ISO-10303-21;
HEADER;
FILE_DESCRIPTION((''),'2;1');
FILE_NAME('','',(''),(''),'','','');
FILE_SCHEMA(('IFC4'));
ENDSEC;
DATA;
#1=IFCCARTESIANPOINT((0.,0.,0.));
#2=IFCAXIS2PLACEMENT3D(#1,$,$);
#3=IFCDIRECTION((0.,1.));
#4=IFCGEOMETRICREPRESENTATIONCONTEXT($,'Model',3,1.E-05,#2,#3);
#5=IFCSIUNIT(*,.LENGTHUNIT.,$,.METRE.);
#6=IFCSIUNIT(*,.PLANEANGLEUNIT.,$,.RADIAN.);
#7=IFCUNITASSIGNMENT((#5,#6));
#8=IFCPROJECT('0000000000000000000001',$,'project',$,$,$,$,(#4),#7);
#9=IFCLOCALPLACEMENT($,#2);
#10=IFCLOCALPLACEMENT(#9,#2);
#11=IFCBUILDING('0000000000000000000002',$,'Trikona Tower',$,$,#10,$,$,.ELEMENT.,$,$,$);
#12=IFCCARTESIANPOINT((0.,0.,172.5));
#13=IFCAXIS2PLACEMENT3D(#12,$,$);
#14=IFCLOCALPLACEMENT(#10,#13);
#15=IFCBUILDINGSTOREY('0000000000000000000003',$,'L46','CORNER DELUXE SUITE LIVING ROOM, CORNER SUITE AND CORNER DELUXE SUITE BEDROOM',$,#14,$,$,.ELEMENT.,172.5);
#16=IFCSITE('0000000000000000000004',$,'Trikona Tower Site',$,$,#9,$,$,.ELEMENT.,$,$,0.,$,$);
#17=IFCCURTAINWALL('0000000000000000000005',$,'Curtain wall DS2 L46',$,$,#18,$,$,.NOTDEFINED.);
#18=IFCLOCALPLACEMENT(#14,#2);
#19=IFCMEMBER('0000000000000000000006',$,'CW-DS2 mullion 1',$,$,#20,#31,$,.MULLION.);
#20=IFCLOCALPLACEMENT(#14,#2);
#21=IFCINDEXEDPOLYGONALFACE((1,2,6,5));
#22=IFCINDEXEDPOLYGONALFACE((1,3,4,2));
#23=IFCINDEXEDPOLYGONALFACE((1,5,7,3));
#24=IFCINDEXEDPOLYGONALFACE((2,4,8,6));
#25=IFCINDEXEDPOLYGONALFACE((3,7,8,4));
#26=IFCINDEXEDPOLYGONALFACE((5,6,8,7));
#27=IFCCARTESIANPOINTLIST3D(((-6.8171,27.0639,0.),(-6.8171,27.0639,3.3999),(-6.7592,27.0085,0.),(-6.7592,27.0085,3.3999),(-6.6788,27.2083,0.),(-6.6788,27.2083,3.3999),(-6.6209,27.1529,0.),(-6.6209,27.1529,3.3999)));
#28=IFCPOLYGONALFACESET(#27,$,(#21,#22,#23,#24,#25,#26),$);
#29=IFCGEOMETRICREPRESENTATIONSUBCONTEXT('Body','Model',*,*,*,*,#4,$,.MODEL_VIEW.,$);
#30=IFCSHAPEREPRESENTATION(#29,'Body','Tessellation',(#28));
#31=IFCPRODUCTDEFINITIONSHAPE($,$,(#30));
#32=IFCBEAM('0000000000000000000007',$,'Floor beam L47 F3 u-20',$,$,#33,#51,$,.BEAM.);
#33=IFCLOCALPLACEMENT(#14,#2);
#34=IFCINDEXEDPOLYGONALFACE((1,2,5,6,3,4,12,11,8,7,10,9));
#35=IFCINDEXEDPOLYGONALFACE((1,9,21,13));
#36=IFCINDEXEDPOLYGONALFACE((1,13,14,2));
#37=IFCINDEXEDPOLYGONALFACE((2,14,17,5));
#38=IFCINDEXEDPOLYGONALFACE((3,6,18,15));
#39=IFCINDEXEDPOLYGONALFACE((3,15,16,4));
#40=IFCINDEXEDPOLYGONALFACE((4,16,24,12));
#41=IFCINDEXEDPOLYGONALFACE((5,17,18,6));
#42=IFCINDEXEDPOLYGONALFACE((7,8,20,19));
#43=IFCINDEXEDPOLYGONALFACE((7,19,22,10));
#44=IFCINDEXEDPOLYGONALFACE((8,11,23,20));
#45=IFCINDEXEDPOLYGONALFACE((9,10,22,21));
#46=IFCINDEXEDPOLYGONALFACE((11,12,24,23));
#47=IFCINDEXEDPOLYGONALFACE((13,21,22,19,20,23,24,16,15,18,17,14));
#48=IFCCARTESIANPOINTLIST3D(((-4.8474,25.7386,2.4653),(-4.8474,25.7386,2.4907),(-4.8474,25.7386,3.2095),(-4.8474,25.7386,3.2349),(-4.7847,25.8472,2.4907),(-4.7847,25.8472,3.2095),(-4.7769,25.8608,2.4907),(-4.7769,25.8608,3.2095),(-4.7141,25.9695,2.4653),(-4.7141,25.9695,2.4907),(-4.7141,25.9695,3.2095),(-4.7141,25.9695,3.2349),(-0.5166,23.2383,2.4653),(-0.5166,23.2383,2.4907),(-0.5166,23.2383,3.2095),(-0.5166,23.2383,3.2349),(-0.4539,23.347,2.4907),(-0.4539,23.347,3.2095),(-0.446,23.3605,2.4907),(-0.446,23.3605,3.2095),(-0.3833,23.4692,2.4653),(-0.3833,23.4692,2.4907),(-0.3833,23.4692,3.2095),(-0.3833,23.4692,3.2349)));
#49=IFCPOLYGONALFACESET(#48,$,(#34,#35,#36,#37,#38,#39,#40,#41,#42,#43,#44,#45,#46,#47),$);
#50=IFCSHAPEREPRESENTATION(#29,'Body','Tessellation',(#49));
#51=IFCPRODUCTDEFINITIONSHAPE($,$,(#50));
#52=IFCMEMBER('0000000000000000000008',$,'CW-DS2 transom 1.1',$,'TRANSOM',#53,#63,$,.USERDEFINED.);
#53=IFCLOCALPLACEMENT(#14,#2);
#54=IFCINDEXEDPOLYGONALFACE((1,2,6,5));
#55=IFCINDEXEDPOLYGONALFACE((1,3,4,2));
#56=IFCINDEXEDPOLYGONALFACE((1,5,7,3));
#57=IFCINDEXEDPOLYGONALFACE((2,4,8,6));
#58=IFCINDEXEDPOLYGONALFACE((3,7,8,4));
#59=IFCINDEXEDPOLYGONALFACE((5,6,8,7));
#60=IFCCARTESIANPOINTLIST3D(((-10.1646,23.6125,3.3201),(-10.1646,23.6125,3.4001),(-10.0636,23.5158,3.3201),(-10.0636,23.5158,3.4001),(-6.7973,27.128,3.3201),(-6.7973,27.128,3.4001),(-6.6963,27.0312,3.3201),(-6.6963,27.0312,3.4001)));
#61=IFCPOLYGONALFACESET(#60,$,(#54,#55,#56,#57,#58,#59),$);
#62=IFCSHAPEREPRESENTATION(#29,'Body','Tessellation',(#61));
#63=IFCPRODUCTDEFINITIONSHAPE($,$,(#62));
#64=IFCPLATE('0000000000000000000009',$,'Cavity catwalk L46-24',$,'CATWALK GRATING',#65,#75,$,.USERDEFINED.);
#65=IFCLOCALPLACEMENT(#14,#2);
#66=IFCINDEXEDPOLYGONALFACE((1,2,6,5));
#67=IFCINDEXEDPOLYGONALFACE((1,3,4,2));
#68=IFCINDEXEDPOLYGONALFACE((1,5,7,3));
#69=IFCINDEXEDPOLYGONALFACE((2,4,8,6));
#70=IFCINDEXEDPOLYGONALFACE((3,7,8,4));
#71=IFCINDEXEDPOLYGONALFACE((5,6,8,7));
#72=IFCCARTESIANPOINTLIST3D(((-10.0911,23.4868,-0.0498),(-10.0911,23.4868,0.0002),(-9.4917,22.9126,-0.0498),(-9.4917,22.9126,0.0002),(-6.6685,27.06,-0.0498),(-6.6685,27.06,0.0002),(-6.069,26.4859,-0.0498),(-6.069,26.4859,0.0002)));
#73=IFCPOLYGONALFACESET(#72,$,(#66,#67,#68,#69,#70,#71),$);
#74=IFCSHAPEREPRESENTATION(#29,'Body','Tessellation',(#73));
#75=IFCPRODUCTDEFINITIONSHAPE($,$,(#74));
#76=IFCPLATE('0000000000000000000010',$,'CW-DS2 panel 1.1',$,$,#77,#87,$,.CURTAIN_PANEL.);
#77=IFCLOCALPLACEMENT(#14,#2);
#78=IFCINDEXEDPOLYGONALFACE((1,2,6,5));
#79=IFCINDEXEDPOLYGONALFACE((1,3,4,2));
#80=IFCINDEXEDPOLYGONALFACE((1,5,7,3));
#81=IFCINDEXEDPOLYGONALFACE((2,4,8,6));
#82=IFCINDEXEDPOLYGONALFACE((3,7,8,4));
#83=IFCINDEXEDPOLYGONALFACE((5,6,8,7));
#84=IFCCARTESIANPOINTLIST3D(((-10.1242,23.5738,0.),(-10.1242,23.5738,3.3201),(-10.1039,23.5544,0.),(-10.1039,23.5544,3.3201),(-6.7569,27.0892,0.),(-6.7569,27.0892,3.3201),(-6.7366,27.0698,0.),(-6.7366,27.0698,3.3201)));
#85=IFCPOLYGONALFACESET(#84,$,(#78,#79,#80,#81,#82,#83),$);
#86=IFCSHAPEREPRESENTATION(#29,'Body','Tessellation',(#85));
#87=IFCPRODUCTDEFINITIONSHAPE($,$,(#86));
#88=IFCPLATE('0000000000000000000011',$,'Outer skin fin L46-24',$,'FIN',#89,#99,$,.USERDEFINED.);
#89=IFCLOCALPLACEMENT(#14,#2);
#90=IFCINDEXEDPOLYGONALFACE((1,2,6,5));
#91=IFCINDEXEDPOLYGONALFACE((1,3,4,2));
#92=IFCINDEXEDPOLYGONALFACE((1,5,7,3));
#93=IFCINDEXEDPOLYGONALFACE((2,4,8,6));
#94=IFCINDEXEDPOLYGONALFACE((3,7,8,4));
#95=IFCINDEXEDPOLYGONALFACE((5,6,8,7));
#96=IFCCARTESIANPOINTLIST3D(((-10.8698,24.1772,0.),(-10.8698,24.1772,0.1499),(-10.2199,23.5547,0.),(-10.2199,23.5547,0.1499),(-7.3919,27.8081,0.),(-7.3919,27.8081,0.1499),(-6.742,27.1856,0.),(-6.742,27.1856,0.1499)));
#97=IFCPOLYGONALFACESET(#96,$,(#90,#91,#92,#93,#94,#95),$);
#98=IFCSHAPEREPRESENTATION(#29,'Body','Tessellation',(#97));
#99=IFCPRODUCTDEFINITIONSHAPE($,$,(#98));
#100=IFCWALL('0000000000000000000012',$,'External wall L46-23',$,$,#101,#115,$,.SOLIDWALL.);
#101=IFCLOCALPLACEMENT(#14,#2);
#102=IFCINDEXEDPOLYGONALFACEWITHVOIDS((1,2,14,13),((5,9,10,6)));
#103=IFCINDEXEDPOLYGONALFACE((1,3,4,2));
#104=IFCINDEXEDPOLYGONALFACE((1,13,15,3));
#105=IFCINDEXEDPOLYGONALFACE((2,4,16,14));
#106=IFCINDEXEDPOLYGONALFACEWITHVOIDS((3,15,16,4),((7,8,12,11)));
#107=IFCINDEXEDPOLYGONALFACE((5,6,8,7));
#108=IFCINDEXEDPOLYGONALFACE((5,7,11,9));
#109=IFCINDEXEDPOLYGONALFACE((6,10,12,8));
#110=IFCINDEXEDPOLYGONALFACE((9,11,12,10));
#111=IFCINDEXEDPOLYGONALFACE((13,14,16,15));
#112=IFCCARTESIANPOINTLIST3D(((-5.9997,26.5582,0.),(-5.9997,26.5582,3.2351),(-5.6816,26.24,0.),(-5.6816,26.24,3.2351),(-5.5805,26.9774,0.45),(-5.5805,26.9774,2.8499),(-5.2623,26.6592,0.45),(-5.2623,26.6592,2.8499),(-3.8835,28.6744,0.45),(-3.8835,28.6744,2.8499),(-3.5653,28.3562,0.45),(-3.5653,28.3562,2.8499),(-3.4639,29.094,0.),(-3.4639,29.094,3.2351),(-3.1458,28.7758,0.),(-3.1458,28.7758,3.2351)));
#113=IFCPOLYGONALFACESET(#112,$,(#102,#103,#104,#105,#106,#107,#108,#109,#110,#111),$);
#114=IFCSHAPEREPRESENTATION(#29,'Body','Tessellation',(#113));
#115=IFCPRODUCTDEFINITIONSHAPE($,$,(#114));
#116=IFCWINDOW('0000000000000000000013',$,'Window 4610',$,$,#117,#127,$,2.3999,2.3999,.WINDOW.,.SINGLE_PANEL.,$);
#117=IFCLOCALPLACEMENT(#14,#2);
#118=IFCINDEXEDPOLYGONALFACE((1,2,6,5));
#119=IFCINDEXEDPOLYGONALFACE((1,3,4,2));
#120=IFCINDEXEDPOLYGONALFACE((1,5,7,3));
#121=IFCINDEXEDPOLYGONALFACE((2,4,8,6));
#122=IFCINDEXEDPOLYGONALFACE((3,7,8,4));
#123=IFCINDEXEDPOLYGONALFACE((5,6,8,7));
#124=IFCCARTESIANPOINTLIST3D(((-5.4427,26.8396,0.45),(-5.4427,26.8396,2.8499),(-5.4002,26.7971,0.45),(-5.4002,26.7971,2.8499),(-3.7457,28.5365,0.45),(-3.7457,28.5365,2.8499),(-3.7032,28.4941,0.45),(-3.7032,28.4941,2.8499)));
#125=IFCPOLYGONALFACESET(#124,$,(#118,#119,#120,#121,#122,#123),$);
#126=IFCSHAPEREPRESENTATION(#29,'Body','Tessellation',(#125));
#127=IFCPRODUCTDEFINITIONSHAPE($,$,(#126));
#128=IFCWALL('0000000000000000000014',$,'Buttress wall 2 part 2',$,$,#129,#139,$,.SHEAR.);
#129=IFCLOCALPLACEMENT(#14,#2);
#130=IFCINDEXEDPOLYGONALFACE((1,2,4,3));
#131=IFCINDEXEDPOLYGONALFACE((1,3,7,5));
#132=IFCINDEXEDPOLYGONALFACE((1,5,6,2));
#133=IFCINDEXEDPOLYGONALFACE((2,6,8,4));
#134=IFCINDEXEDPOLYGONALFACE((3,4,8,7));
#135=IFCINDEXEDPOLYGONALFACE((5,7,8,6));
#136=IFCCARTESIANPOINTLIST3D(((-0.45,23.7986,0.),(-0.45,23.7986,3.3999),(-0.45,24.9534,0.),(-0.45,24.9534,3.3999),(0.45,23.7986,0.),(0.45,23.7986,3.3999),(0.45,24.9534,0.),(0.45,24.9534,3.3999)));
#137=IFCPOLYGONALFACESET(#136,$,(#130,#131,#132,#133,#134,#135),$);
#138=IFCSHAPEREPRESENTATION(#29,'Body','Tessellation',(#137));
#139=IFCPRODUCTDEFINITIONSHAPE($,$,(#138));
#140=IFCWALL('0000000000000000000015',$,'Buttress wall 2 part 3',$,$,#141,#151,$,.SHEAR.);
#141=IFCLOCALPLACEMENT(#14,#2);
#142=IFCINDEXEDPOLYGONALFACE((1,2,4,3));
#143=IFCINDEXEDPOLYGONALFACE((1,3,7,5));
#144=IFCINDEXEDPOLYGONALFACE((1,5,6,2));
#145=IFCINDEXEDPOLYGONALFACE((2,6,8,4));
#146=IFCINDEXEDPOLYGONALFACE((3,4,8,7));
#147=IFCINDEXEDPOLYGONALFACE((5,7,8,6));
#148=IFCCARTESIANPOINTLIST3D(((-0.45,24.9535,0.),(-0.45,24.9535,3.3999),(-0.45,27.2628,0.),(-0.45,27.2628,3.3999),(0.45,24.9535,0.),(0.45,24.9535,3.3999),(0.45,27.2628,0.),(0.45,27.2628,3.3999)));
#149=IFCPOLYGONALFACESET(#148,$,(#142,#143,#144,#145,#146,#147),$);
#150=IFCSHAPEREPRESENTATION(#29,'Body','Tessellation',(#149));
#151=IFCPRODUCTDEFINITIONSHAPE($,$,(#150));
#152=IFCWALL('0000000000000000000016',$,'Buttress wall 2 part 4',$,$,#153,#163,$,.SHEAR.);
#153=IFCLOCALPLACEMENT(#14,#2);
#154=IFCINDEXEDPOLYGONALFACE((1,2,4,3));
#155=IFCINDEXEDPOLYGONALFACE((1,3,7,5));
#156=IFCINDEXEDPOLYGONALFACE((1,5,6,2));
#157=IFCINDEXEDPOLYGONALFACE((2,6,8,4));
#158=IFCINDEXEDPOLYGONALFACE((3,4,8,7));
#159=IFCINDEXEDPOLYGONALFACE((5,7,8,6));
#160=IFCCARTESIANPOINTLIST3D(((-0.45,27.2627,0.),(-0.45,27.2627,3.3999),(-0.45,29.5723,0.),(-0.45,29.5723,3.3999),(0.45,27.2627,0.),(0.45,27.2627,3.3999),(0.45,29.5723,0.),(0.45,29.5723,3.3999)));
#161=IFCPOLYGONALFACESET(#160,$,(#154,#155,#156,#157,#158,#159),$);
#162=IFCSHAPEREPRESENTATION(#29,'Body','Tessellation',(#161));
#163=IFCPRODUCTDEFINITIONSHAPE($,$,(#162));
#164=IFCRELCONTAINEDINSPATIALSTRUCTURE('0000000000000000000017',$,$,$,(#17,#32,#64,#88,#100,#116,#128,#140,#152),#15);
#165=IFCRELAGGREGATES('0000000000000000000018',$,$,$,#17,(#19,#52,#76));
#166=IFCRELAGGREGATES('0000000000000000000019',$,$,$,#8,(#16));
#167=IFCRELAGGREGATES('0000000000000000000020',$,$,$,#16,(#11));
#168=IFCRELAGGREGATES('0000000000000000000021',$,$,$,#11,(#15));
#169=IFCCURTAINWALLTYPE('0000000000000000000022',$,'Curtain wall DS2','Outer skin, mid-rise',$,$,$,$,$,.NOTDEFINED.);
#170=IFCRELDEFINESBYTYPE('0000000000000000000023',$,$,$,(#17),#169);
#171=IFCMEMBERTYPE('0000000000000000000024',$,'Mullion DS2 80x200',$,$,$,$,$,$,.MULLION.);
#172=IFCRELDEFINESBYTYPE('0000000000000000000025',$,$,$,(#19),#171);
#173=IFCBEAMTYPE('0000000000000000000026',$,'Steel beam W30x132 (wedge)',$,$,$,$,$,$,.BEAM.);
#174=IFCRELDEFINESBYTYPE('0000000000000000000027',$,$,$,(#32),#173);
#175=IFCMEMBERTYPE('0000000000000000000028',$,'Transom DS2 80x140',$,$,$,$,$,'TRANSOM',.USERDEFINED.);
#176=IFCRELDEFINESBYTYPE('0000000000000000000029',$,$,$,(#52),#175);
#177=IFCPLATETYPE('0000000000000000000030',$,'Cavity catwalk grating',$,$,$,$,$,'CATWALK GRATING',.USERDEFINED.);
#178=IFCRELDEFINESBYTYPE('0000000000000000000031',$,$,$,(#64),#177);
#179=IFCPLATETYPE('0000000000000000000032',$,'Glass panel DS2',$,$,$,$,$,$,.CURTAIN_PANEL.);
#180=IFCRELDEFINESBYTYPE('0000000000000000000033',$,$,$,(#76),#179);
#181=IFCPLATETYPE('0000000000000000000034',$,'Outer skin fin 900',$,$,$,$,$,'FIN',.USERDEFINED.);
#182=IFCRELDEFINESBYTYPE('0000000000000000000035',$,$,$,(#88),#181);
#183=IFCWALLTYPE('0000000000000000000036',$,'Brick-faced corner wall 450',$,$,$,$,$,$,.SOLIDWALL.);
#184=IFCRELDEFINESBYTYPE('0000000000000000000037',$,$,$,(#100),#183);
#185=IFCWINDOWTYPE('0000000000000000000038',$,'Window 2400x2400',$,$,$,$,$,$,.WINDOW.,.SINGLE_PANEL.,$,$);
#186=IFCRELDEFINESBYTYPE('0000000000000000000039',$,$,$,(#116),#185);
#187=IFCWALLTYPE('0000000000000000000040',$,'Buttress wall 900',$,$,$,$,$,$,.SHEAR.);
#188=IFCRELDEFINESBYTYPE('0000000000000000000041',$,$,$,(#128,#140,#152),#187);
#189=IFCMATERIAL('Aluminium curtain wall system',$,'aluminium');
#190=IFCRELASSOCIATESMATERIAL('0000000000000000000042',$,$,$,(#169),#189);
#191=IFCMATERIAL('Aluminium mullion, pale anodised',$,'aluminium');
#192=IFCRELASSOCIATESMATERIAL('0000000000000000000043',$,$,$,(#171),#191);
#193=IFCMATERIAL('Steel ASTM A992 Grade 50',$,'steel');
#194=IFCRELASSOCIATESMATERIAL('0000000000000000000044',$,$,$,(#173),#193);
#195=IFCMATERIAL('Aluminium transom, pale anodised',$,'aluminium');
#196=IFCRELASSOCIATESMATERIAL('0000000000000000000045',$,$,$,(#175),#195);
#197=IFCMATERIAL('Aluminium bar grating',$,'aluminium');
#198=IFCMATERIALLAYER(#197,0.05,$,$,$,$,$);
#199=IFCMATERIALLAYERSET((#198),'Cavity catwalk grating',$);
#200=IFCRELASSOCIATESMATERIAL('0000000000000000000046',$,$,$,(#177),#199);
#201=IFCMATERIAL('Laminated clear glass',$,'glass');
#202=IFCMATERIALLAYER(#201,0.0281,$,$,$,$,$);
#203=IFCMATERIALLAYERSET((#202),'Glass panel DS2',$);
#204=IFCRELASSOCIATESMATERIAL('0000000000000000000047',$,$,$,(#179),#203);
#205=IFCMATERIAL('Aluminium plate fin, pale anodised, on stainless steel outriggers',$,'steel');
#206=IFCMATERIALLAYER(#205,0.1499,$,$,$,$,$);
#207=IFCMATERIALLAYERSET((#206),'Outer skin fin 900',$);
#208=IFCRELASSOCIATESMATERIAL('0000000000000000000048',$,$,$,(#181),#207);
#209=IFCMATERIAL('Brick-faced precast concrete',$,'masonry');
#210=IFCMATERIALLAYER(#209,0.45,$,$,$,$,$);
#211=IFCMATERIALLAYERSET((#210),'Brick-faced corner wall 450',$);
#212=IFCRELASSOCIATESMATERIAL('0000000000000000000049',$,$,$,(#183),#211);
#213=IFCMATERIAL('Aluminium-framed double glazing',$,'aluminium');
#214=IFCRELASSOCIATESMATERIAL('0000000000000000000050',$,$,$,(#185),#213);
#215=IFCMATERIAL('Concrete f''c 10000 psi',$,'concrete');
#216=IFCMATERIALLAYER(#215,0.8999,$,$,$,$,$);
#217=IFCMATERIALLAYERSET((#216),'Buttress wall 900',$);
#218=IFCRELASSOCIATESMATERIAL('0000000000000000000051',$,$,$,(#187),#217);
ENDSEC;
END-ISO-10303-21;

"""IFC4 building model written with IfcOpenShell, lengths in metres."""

from ifc_helpers import new_model, si_unit, direction, frame, frame_2d, origin, origin_2d, place, context, subcontext, project, spatial, rectangle, i_section, extrude, material, layer, layer_set, material_profile, profile_set, type_object, element, fill, aggregate, save


model = new_model("IFC4")

# Units and contexts
model_context = context("Model", 3, precision=1e-05, world=origin(), true_north=direction((0.0, 1.0)))
body_context = subcontext(model_context, "Body", "Model", "MODEL_VIEW")
ifc_project = project(units=[si_unit("LENGTHUNIT", "METRE"), si_unit("PLANEANGLEUNIT", "RADIAN")], contexts=[model_context])

# Site, building, storey
site_placement = place(None, origin())
site = spatial("IfcSite", under=ifc_project, at=site_placement, Name="Trikona Tower Site", CompositionType="ELEMENT", RefElevation=0.0)
building_placement = place(site_placement, origin())
building = spatial("IfcBuilding", under=site, at=building_placement, Name="Trikona Tower", CompositionType="ELEMENT")
storey_placement = place(building_placement, frame((0.0, 0.0, 172.5)))
storey = spatial("IfcBuildingStorey", under=building, at=storey_placement, Name="L46", Description="CORNER DELUXE SUITE LIVING ROOM, CORNER SUITE AND CORNER DELUXE SUITE BEDROOM", CompositionType="ELEMENT", Elevation=172.5)

# Curtain wall, member
ifc_material_1 = material(Name="Aluminium curtain wall system", Category="aluminium")
curtain_wall_type = type_object("IfcCurtainWallType", Name="Curtain wall DS2", Description="Outer skin, mid-rise", PredefinedType="NOTDEFINED", material=ifc_material_1)
curtain_wall_placement = place(storey_placement, origin())
curtain_wall = element("IfcCurtainWall", 1, at=curtain_wall_placement, inside=storey, type_object=curtain_wall_type, Name="Curtain wall DS2 L46", PredefinedType="NOTDEFINED")
ifc_material_2 = material(Name="Aluminium mullion, pale anodised", Category="aluminium")
ifc_material_profile_1 = material_profile(ifc_material_2, rectangle(XDim=0.0801, YDim=0.2, at=origin_2d()), Name="MUL-DS2")
ifc_profile_set_1 = profile_set([ifc_material_profile_1], Name="Aluminium mullion, pale anodised")
member_type_1 = type_object("IfcMemberType", Name="Mullion DS2 80x200", PredefinedType="MULLION", material=ifc_profile_set_1)
member_1_placement = place(storey_placement, frame((-6.719, 27.1084, 0.0), z_axis=(0.0, 0.0, 1.0), x_axis=(0.722158, -0.691728, 0.0)))
member_1 = element("IfcMember", 2, at=member_1_placement, type_object=member_type_1, Name="CW-DS2 mullion 1", PredefinedType="MULLION", context=body_context, shape_type="SweptSolid", body=[
    extrude(rectangle(XDim=0.0801, YDim=0.2, at=origin_2d()), origin(), (0.0, 0.0, 1.0), 3.3999),
])

# Beam
ifc_material_3 = material(Name="Steel ASTM A992 Grade 50", Category="steel")
ifc_material_profile_2 = material_profile(ifc_material_3, i_section(OverallWidth=0.2666, OverallDepth=0.7695, WebThickness=0.0156, FlangeThickness=0.0254, at=origin_2d()), Name="W30X132")
ifc_profile_set_2 = profile_set([ifc_material_profile_2], Name="Steel ASTM A992 Grade 50")
beam_type = type_object("IfcBeamType", Name="Steel beam W30x132 (wedge)", PredefinedType="BEAM", material=ifc_profile_set_2)
beam_placement = place(storey_placement, frame((-0.45, 23.3538, 2.8501), z_axis=(-0.866038, 0.499977, 0.0), x_axis=(-0.499977, -0.866038, 0.0)))
element("IfcBeam", 3, at=beam_placement, inside=storey, type_object=beam_type, Name="Floor beam L47 F3 u-20", PredefinedType="BEAM", context=body_context, shape_type="SweptSolid", body=[
    extrude(i_section(OverallWidth=0.2666, OverallDepth=0.7695, WebThickness=0.0156, FlangeThickness=0.0254, at=origin_2d()), origin(), (0.0, 0.0, 1.0), 5.0007),
])

# Member
ifc_material_4 = material(Name="Aluminium transom, pale anodised", Category="aluminium")
ifc_material_profile_3 = material_profile(ifc_material_4, rectangle(XDim=0.1399, YDim=0.0801, at=origin_2d()), Name="TRN-DS2")
ifc_profile_set_3 = profile_set([ifc_material_profile_3], Name="Aluminium transom, pale anodised")
member_type_2 = type_object("IfcMemberType", Name="Transom DS2 80x140", ElementType="TRANSOM", PredefinedType="USERDEFINED", material=ifc_profile_set_3)
member_2_placement = place(storey_placement, frame((-6.7468, 27.0796, 3.3601), z_axis=(-0.691721, -0.722165, 0.0), x_axis=(0.722165, -0.691721, 0.0)))
member_2 = element("IfcMember", 4, at=member_2_placement, type_object=member_type_2, Name="CW-DS2 transom 1.1", ObjectType="TRANSOM", PredefinedType="USERDEFINED", context=body_context, shape_type="SweptSolid", body=[
    extrude(rectangle(XDim=0.1399, YDim=0.0801, at=origin_2d()), origin(), (0.0, 0.0, 1.0), 4.8679),
])

# Plates
ifc_material_5 = material(Name="Aluminium bar grating", Category="aluminium")
ifc_layer_1 = layer(ifc_material_5, 0.05)
ifc_layer_set_1 = layer_set([ifc_layer_1], Name="Cavity catwalk grating")
plate_type_1 = type_object("IfcPlateType", Name="Cavity catwalk grating", ElementType="CATWALK GRATING", PredefinedType="USERDEFINED", material=ifc_layer_set_1)
plate_1_placement = place(storey_placement, frame((-8.0801, 24.9863, -0.0498), z_axis=(0.0, 0.0, 1.0), x_axis=(-0.691724, -0.722162, 0.0)))
element("IfcPlate", 5, at=plate_1_placement, inside=storey, type_object=plate_type_1, Name="Cavity catwalk L46-24", ObjectType="CATWALK GRATING", PredefinedType="USERDEFINED", context=body_context, shape_type="SweptSolid", body=[
    extrude(rectangle(XDim=4.948, YDim=0.8301, at=origin_2d()), origin(), (0.0, 0.0, 1.0), 0.05),
])
ifc_material_6 = material(Name="Laminated clear glass", Category="glass")
ifc_layer_2 = layer(ifc_material_6, 0.0281)
ifc_layer_set_2 = layer_set([ifc_layer_2], Name="Glass panel DS2")
plate_type_2 = type_object("IfcPlateType", Name="Glass panel DS2", PredefinedType="CURTAIN_PANEL", material=ifc_layer_set_2)
plate_2_placement = place(storey_placement, frame((-8.4304, 25.3218, 0.0), z_axis=(0.0, 0.0, 1.0), x_axis=(-0.691728, -0.722158, 0.0)))
plate_2 = element("IfcPlate", 6, at=plate_2_placement, type_object=plate_type_2, Name="CW-DS2 panel 1.1", PredefinedType="CURTAIN_PANEL", context=body_context, shape_type="SweptSolid", body=[
    extrude(rectangle(XDim=4.8679, YDim=0.0281, at=origin_2d()), origin(), (0.0, 0.0, 1.0), 3.3201),
])
aggregate(curtain_wall, [member_1, member_2, plate_2])
ifc_material_7 = material(Name="Aluminium plate fin, pale anodised, on stainless steel outriggers", Category="steel")
ifc_layer_3 = layer(ifc_material_7, 0.1499)
ifc_layer_set_3 = layer_set([ifc_layer_3], Name="Outer skin fin 900")
plate_type_3 = type_object("IfcPlateType", Name="Outer skin fin 900", ElementType="FIN", PredefinedType="USERDEFINED", material=ifc_layer_set_3)
plate_3_placement = place(storey_placement, frame((-8.8059, 25.6814, 0.0), z_axis=(0.0, 0.0, 1.0), x_axis=(-0.691724, -0.722162, 0.0)))
element("IfcPlate", 7, at=plate_3_placement, inside=storey, type_object=plate_type_3, Name="Outer skin fin L46-24", ObjectType="FIN", PredefinedType="USERDEFINED", context=body_context, shape_type="SweptSolid", body=[
    extrude(rectangle(XDim=5.0278, YDim=0.8999, at=origin_2d()), origin(), (0.0, 0.0, 1.0), 0.1499),
])

# Wall, opening, window
ifc_material_8 = material(Name="Brick-faced precast concrete", Category="masonry")
ifc_layer_4 = layer(ifc_material_8, 0.45)
ifc_layer_set_4 = layer_set([ifc_layer_4], Name="Brick-faced corner wall 450")
wall_type_1 = type_object("IfcWallType", Name="Brick-faced corner wall 450", PredefinedType="SOLIDWALL", material=ifc_layer_set_4)
wall_1_placement = place(storey_placement, frame((-3.3049, 28.9348, 0.0), z_axis=(0.0, 0.0, 1.0), x_axis=(-0.707107, -0.707107, 0.0)))
wall_1 = element("IfcWall", 8, at=wall_1_placement, inside=storey, type_object=wall_type_1, Name="External wall L46-23", PredefinedType="SOLIDWALL", context=body_context, shape_type="SweptSolid", body=[
    extrude(rectangle(XDim=3.5862, YDim=0.45, at=frame_2d((1.793, 0.0))), origin(), (0.0, 0.0, 1.0), 3.2351),
])
opening_1_placement = place(wall_1_placement, frame((0.5933, 0.0, 0.45)))
opening_1 = element("IfcOpeningElement", 9, at=opening_1_placement, cuts=wall_1, PredefinedType="OPENING", context=body_context, shape_type="SweptSolid", body=[
    extrude(rectangle(XDim=2.3999, YDim=2.3999, at=frame_2d((1.2, 1.2))), frame((0.0, 0.2349, 0.0), z_axis=(0.0, -1.0, 0.0), x_axis=(1.0, 0.0, 0.0)), (0.0, 0.0, 1.0), 0.47),
])
ifc_material_9 = material(Name="Aluminium-framed double glazing", Category="aluminium")
window_type_1 = type_object("IfcWindowType", Name="Window 2400x2400", PartitioningType="SINGLE_PANEL", PredefinedType="WINDOW", material=ifc_material_9)
window_1_placement = place(opening_1_placement, origin())
window_1 = element("IfcWindow", 10, at=window_1_placement, inside=storey, type_object=window_type_1, Name="Window 4610", OverallHeight=2.3999, OverallWidth=2.3999, PartitioningType="SINGLE_PANEL", PredefinedType="WINDOW", context=body_context, shape_type="SweptSolid", body=[
    extrude(rectangle(XDim=2.3999, YDim=2.3999, at=frame_2d((1.2, 1.2))), frame((0.0, 0.03, 0.0), z_axis=(0.0, -1.0, 0.0), x_axis=(1.0, 0.0, 0.0)), (0.0, 0.0, 1.0), 0.0601),
])
fill(opening_1, window_1)

# Walls
ifc_material_10 = material(Name="Concrete f'c 10000 psi", Category="concrete")
ifc_layer_5 = layer(ifc_material_10, 0.8999)
ifc_layer_set_5 = layer_set([ifc_layer_5], Name="Buttress wall 900")
wall_type_2 = type_object("IfcWallType", Name="Buttress wall 900", PredefinedType="SHEAR", material=ifc_layer_set_5)
wall_2_placement = place(storey_placement, frame((0.0, 23.7986, 0.0), z_axis=(0.0, 0.0, 1.0), x_axis=(0.0, 1.0, 0.0)))
element("IfcWall", 11, at=wall_2_placement, inside=storey, type_object=wall_type_2, Name="Buttress wall 2 part 2", PredefinedType="SHEAR", context=body_context, shape_type="SweptSolid", body=[
    extrude(rectangle(XDim=1.1548, YDim=0.8999, at=frame_2d((0.5774, 0.0))), origin(), (0.0, 0.0, 1.0), 3.3999),
])
wall_3_placement = place(storey_placement, frame((0.0, 24.9534, 0.0), z_axis=(0.0, 0.0, 1.0), x_axis=(0.0, 1.0, 0.0)))
element("IfcWall", 12, at=wall_3_placement, inside=storey, type_object=wall_type_2, Name="Buttress wall 2 part 3", PredefinedType="SHEAR", context=body_context, shape_type="SweptSolid", body=[
    extrude(rectangle(XDim=2.3093, YDim=0.8999, at=frame_2d((1.1548, 0.0))), origin(), (0.0, 0.0, 1.0), 3.3999),
])
wall_4_placement = place(storey_placement, frame((0.0, 27.2627, 0.0), z_axis=(0.0, 0.0, 1.0), x_axis=(0.0, 1.0, 0.0)))
element("IfcWall", 13, at=wall_4_placement, inside=storey, type_object=wall_type_2, Name="Buttress wall 2 part 4", PredefinedType="SHEAR", context=body_context, shape_type="SweptSolid", body=[
    extrude(rectangle(XDim=2.3096, YDim=0.8999, at=frame_2d((1.1548, 0.0))), origin(), (0.0, 0.0, 1.0), 3.3999),
])

save(model, "model.ifc")
